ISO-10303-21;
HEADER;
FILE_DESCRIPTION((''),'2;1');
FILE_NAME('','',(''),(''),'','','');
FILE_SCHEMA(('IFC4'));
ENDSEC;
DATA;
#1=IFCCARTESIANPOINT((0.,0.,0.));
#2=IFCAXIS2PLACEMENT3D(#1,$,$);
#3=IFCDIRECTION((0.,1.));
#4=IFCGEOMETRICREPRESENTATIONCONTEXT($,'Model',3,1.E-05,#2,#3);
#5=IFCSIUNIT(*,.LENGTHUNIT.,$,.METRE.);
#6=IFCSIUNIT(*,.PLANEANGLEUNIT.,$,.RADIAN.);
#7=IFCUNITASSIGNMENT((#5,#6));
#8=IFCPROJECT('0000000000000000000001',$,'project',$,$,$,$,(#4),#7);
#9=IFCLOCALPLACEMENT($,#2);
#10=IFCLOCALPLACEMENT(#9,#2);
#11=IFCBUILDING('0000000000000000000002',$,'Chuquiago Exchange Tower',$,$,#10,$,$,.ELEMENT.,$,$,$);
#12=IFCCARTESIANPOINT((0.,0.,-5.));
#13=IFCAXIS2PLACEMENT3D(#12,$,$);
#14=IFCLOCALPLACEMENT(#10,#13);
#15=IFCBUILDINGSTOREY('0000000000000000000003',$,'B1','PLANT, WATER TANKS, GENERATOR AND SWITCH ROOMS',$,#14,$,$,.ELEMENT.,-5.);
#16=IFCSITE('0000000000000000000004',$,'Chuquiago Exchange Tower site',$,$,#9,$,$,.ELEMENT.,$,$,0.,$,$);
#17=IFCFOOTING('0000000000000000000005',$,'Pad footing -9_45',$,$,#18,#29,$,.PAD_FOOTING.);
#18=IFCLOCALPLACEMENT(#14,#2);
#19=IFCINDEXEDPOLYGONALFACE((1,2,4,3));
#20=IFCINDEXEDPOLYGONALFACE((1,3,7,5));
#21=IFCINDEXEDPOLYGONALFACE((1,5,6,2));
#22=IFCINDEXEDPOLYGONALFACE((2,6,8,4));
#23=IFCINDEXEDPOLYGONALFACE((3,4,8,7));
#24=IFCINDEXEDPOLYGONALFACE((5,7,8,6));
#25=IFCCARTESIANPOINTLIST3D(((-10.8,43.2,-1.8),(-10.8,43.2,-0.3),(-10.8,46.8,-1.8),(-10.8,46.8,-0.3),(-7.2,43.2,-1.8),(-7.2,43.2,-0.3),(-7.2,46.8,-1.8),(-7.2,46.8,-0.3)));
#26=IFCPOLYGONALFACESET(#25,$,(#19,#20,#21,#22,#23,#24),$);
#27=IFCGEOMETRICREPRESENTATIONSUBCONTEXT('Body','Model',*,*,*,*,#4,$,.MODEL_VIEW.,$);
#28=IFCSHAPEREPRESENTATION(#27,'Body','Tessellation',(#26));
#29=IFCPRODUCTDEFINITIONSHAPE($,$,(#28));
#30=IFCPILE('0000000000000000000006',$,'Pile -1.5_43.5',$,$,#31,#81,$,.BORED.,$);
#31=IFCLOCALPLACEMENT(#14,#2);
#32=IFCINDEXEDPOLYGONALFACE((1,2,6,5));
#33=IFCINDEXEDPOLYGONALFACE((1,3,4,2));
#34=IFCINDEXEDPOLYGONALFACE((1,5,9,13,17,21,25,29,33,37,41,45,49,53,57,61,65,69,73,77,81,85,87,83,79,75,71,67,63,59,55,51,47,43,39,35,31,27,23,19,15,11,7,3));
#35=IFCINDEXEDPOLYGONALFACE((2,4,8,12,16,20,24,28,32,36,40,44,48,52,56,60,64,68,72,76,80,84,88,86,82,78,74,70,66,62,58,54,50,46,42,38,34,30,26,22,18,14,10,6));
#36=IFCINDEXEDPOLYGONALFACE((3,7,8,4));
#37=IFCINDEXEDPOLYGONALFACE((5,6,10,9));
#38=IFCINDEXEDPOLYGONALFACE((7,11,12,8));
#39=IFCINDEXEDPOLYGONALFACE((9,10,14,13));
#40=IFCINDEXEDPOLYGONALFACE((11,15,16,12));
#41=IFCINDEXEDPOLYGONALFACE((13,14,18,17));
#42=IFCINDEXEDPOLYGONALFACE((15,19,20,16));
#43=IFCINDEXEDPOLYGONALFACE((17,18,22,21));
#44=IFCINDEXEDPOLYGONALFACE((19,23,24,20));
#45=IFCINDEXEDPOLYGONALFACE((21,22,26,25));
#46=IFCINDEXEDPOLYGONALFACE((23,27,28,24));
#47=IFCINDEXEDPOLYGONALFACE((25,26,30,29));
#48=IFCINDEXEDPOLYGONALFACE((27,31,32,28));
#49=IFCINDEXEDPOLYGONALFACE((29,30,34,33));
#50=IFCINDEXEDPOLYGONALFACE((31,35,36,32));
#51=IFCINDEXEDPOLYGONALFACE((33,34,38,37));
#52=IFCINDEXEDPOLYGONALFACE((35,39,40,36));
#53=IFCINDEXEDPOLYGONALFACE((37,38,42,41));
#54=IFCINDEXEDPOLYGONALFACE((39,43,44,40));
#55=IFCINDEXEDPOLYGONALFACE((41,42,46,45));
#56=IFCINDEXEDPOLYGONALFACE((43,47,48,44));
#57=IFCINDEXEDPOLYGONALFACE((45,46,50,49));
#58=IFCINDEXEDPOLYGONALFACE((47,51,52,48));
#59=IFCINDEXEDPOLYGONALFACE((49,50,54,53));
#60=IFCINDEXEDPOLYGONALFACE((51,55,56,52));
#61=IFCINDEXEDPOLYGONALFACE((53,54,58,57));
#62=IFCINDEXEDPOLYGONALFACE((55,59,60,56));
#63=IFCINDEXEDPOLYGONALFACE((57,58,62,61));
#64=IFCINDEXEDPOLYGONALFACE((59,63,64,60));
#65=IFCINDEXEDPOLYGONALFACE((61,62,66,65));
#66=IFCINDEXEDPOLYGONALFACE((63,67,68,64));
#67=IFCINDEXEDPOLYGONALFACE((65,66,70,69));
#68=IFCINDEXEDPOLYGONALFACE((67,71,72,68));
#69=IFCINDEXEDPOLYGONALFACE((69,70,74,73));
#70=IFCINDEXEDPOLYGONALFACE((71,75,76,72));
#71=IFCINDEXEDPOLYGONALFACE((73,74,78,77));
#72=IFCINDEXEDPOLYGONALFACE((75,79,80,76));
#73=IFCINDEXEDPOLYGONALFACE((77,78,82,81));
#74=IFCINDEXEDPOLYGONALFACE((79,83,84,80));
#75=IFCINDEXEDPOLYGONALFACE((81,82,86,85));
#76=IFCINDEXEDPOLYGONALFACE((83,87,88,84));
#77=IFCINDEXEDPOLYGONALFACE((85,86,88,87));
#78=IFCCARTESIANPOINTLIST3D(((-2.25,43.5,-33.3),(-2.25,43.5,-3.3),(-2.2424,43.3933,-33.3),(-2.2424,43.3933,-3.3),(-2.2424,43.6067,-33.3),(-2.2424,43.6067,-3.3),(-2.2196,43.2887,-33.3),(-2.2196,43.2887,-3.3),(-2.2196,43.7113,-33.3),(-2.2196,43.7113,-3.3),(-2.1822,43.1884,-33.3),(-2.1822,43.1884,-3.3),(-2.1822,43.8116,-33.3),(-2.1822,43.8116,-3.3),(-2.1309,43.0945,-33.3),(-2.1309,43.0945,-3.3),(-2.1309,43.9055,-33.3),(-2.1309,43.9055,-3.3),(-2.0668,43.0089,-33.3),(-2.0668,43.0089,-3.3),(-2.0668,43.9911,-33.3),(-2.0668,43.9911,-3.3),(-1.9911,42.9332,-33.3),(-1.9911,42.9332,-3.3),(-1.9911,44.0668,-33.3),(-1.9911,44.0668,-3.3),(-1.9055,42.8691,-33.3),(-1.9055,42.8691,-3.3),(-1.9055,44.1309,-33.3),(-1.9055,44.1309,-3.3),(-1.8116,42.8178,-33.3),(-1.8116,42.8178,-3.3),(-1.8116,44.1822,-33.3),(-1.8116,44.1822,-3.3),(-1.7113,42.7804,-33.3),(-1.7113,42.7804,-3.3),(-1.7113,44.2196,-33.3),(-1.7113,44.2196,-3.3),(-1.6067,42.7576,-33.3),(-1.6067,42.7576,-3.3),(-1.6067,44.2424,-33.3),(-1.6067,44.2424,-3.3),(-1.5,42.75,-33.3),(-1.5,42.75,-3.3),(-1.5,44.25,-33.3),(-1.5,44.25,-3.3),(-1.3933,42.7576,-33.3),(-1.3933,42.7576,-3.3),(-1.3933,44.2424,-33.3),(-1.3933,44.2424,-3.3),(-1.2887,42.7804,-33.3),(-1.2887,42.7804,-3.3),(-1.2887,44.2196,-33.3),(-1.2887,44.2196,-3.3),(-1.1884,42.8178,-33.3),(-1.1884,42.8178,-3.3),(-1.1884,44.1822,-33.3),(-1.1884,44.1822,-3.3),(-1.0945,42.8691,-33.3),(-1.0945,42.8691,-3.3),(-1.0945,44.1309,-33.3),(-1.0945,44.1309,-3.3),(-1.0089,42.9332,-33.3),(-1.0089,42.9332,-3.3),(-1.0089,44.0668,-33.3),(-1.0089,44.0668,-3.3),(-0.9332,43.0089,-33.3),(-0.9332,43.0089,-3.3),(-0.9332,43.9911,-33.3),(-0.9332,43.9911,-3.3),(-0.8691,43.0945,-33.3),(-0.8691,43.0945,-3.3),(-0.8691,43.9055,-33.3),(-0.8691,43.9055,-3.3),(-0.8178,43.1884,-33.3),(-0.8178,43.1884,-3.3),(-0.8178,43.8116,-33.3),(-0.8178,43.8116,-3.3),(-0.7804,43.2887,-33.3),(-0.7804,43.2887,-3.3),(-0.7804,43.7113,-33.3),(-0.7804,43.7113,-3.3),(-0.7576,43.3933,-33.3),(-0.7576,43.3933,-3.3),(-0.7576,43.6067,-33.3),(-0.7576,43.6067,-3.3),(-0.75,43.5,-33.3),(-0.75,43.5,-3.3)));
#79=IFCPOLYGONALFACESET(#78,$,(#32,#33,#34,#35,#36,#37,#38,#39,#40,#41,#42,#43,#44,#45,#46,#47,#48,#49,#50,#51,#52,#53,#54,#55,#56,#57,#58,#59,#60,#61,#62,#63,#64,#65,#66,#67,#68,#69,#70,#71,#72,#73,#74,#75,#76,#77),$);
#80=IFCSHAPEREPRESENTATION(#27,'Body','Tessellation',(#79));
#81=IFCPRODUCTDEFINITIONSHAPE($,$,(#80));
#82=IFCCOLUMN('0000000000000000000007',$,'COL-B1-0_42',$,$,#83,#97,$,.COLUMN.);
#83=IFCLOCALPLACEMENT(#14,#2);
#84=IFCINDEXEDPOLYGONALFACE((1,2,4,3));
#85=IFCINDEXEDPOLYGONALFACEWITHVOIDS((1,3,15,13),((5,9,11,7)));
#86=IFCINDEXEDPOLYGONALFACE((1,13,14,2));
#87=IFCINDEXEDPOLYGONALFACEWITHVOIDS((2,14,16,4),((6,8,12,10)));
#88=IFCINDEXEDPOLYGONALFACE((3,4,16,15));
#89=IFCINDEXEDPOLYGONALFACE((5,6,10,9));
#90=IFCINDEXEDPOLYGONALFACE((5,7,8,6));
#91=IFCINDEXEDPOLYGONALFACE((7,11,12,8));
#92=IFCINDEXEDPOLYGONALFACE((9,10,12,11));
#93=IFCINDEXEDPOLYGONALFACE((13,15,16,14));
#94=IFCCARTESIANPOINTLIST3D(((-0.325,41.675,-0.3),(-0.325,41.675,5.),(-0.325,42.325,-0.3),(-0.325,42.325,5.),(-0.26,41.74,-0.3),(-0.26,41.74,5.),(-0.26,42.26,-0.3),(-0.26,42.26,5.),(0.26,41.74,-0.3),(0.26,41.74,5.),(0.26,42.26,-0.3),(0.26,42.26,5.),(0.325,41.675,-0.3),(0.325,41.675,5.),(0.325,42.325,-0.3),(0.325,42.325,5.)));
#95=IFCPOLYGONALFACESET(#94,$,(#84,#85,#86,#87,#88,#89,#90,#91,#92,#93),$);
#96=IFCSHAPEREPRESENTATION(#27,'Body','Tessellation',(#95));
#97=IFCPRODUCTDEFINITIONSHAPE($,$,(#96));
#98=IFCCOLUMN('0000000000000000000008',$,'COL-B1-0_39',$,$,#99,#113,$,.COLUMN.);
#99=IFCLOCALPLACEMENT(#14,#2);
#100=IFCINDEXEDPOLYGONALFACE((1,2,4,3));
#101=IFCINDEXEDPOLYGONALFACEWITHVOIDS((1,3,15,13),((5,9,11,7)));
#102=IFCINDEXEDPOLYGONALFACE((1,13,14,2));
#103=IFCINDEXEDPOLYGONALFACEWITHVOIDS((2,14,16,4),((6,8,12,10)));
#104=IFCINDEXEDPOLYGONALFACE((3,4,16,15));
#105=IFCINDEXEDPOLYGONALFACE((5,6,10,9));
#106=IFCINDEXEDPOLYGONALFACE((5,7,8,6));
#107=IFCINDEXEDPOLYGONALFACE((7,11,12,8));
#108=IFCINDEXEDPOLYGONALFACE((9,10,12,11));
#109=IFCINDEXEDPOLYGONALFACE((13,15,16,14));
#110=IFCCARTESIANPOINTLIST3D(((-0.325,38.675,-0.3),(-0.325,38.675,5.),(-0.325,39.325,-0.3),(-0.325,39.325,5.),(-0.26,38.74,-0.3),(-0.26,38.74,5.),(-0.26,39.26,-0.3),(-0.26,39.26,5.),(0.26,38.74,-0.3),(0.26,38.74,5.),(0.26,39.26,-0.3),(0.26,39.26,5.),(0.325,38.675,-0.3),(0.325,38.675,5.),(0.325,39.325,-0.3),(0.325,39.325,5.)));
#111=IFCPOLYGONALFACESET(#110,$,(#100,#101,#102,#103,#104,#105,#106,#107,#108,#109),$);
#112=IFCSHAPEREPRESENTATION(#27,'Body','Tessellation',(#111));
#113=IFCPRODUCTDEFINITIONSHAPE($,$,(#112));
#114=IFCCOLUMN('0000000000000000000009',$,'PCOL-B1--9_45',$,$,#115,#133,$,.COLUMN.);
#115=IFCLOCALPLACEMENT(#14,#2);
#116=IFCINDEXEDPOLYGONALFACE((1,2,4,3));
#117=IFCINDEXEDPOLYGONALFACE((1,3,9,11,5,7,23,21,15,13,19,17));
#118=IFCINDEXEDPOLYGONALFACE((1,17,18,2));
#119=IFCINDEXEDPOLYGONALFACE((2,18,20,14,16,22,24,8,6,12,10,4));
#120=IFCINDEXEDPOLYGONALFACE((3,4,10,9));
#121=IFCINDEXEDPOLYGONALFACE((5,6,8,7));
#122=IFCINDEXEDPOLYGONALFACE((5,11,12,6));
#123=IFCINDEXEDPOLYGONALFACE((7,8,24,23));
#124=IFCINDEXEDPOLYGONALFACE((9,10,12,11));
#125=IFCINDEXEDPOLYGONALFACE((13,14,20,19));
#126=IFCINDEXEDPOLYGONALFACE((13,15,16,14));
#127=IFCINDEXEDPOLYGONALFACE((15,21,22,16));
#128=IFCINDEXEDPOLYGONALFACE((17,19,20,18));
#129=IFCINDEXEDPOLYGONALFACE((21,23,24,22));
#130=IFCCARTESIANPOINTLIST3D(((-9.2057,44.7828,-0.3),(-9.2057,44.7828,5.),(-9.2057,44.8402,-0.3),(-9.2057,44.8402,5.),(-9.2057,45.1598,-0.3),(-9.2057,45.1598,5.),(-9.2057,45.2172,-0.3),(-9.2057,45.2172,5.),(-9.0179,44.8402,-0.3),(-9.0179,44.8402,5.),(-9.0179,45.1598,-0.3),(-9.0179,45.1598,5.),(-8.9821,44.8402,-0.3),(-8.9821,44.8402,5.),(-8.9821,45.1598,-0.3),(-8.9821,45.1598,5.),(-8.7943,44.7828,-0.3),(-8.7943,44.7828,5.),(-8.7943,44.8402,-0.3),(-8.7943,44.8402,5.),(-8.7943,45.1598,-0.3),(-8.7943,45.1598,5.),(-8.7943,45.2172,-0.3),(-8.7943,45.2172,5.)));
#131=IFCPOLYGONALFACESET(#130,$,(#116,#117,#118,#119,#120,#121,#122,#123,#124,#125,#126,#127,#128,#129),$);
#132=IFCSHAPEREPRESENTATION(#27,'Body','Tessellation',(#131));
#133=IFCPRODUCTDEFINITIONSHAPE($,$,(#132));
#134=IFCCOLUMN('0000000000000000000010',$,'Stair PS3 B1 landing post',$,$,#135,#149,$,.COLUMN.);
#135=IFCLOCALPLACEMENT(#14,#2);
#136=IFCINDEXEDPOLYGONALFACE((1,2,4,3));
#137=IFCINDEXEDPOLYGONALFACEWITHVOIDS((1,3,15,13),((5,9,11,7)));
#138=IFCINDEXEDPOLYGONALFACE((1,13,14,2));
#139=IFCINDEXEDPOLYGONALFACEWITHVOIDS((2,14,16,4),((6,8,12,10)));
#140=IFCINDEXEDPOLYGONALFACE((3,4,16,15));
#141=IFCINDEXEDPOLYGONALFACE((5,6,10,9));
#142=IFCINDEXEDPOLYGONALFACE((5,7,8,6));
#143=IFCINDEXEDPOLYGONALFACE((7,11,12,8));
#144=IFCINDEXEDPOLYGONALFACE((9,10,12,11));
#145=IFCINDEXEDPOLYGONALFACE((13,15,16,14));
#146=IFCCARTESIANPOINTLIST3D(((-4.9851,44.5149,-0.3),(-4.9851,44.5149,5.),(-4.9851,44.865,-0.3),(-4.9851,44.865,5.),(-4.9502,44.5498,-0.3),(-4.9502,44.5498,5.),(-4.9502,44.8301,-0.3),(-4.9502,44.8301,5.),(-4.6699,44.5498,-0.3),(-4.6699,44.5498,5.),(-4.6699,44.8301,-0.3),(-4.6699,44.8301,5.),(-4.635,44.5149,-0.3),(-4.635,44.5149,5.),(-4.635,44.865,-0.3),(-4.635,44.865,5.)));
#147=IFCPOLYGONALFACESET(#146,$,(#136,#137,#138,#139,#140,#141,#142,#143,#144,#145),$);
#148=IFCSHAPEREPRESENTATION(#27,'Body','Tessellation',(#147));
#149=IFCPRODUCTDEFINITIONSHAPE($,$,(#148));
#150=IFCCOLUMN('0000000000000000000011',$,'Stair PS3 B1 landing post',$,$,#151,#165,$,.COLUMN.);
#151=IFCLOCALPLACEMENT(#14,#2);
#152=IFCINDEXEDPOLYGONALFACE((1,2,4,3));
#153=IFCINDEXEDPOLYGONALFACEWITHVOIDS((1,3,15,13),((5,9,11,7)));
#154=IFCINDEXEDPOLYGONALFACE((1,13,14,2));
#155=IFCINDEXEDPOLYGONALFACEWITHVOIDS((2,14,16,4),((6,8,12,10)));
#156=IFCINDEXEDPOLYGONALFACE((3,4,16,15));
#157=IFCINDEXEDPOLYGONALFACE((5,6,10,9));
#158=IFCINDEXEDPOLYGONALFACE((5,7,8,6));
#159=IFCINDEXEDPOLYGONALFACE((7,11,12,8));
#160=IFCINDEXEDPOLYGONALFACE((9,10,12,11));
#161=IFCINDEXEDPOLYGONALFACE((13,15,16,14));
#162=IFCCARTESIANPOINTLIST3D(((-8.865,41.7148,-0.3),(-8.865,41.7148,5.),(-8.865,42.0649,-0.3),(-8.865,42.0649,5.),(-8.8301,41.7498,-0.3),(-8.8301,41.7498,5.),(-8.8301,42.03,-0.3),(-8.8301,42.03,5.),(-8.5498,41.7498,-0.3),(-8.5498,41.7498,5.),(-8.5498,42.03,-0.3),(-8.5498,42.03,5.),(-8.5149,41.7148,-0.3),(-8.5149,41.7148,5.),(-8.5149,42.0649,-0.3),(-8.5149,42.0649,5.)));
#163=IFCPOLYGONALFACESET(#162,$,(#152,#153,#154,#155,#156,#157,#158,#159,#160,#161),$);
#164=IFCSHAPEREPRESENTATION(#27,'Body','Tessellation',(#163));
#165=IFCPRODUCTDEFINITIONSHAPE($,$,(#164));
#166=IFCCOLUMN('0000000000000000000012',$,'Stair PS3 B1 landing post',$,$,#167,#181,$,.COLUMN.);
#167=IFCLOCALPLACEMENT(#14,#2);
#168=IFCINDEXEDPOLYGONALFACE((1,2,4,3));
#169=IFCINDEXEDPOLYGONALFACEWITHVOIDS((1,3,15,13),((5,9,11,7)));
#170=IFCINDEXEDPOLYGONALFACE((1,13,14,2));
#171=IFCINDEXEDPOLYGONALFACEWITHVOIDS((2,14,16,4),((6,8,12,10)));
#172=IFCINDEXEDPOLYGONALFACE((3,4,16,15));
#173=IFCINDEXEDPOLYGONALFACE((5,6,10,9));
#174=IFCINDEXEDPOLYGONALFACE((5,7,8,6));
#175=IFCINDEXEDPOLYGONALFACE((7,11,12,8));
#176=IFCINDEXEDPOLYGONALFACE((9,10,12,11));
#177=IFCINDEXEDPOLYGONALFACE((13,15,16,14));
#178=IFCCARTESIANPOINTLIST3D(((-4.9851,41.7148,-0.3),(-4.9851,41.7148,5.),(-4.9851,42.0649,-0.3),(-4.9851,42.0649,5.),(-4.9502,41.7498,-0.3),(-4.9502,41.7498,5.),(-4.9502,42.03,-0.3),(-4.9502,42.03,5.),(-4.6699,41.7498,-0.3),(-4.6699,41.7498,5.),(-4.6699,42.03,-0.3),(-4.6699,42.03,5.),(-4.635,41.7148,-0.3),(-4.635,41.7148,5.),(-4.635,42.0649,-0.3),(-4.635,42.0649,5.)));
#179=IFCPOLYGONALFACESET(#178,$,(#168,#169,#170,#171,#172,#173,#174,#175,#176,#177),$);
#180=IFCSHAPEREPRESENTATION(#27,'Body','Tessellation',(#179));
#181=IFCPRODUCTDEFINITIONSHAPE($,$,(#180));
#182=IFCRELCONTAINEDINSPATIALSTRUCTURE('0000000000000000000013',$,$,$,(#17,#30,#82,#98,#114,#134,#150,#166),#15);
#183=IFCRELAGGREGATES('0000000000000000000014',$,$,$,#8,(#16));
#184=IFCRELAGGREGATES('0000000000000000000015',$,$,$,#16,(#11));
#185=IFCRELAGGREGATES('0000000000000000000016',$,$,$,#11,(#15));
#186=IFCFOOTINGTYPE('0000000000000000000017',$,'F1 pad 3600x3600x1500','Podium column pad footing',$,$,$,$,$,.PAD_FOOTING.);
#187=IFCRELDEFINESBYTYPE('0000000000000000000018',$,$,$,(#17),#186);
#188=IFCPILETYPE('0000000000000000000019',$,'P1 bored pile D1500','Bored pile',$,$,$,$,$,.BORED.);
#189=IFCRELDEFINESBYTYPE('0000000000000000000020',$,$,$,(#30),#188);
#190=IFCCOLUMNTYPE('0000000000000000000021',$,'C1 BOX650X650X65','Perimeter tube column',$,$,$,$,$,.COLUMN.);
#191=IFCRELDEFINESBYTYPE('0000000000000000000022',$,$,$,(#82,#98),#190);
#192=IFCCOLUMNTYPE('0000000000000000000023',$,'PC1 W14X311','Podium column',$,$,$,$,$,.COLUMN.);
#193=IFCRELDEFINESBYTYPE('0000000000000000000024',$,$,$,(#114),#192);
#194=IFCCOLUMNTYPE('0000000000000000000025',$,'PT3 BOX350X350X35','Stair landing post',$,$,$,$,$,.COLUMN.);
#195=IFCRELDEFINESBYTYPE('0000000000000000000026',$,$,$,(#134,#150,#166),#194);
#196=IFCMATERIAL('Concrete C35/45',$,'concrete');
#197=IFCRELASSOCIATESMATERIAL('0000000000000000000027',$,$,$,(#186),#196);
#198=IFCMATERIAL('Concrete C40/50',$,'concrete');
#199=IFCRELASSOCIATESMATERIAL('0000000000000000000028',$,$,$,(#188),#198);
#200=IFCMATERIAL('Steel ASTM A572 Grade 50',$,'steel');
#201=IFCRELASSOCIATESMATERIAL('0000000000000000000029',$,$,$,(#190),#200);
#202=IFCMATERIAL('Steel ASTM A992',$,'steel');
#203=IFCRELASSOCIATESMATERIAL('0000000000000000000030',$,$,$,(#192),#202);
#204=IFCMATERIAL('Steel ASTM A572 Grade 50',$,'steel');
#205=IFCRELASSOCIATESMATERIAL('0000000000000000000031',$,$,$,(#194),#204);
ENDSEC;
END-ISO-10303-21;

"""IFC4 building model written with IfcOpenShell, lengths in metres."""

from ifc_helpers import new_model, si_unit, direction, frame, origin, origin_2d, place, context, subcontext, project, spatial, rectangle, hollow_rectangle, circle, i_section, extrude, material, material_profile, profile_set, type_object, element, save


model = new_model("IFC4")

# Units and contexts
model_context = context("Model", 3, precision=1e-05, world=origin(), true_north=direction((0.0, 1.0)))
body_context = subcontext(model_context, "Body", "Model", "MODEL_VIEW")
ifc_project = project(units=[si_unit("LENGTHUNIT", "METRE"), si_unit("PLANEANGLEUNIT", "RADIAN")], contexts=[model_context])

# Site, building, storey
site_placement = place(None, origin())
site = spatial("IfcSite", under=ifc_project, at=site_placement, Name="Chuquiago Exchange Tower site", CompositionType="ELEMENT", RefElevation=0.0)
building_placement = place(site_placement, origin())
building = spatial("IfcBuilding", under=site, at=building_placement, Name="Chuquiago Exchange Tower", CompositionType="ELEMENT")
storey_placement = place(building_placement, frame((0.0, 0.0, -5.0)))
storey = spatial("IfcBuildingStorey", under=building, at=storey_placement, Name="B1", Description="PLANT, WATER TANKS, GENERATOR AND SWITCH ROOMS", CompositionType="ELEMENT", Elevation=-5.0)

# Footing
ifc_material_1 = material(Name="Concrete C35/45", Category="concrete")
footing_type = type_object("IfcFootingType", Name="F1 pad 3600x3600x1500", Description="Podium column pad footing", PredefinedType="PAD_FOOTING", material=ifc_material_1)
footing_placement = place(storey_placement, frame((-9.0, 45.0, -1.8), z_axis=(0.0, 0.0, 1.0), x_axis=(1.0, 0.0, 0.0)))
element("IfcFooting", 1, at=footing_placement, inside=storey, type_object=footing_type, Name="Pad footing -9_45", PredefinedType="PAD_FOOTING", context=body_context, shape_type="SweptSolid", body=[
    extrude(rectangle(XDim=3.6001, YDim=3.6001, at=origin_2d()), origin(), (0.0, 0.0, 1.0), 1.5),
])

# Pile
ifc_material_2 = material(Name="Concrete C40/50", Category="concrete")
ifc_material_profile_1 = material_profile(ifc_material_2, circle(Radius=0.75, at=origin_2d()), Name="D1500")
ifc_profile_set_1 = profile_set([ifc_material_profile_1], Name="Concrete C40/50")
pile_type = type_object("IfcPileType", Name="P1 bored pile D1500", Description="Bored pile", PredefinedType="BORED", material=ifc_profile_set_1)
pile_placement = place(storey_placement, frame((-1.5, 43.5, -3.3), z_axis=(0.0, 0.0, -1.0), x_axis=(1.0, 0.0, 0.0)))
element("IfcPile", 2, at=pile_placement, inside=storey, type_object=pile_type, Name="Pile -1.5_43.5", PredefinedType="BORED", context=body_context, shape_type="SweptSolid", body=[
    extrude(circle(Radius=0.75, at=origin_2d()), origin(), (0.0, 0.0, 1.0), 30.0),
])

# Columns
ifc_material_3 = material(Name="Steel ASTM A572 Grade 50", Category="steel")
ifc_material_profile_2 = material_profile(ifc_material_3, hollow_rectangle(XDim=0.6499, YDim=0.6499, WallThickness=0.0649, at=origin_2d()), Name="BOX650X650X65")
ifc_profile_set_2 = profile_set([ifc_material_profile_2], Name="Steel ASTM A572 Grade 50")
column_type_1 = type_object("IfcColumnType", Name="C1 BOX650X650X65", Description="Perimeter tube column", PredefinedType="COLUMN", material=ifc_profile_set_2)
for number, where, z_axis, x_axis, name in (
    (3, (0.0, 42.0, -0.3), (0.0, 0.0, 1.0), (-1.0, 0.0, 0.0), "COL-B1-0_42"),
    (4, (0.0, 39.0, -0.3), (0.0, 0.0, 1.0), (-1.0, 0.0, 0.0), "COL-B1-0_39"),
):
    element("IfcColumn", number, at=place(storey_placement, frame(where, z_axis=z_axis, x_axis=x_axis)), inside=storey, type_object=column_type_1, Name=name, PredefinedType="COLUMN", context=body_context, shape_type="SweptSolid", body=[
        extrude(hollow_rectangle(XDim=0.6499, YDim=0.6499, WallThickness=0.0649, at=origin_2d()), origin(), (0.0, 0.0, 1.0), 5.3),
    ])
ifc_material_4 = material(Name="Steel ASTM A992", Category="steel")
ifc_material_profile_3 = material_profile(ifc_material_4, i_section(OverallWidth=0.4114, OverallDepth=0.4343, WebThickness=0.0359, FlangeThickness=0.0574, at=origin_2d()), Name="W14X311")
ifc_profile_set_3 = profile_set([ifc_material_profile_3], Name="Steel ASTM A992")
column_type_2 = type_object("IfcColumnType", Name="PC1 W14X311", Description="Podium column", PredefinedType="COLUMN", material=ifc_profile_set_3)
column_placement = place(storey_placement, frame((-9.0, 45.0, -0.3), z_axis=(0.0, 0.0, 1.0), x_axis=(1.0, 0.0, 0.0)))
element("IfcColumn", 5, at=column_placement, inside=storey, type_object=column_type_2, Name="PCOL-B1--9_45", PredefinedType="COLUMN", context=body_context, shape_type="SweptSolid", body=[
    extrude(i_section(OverallWidth=0.4114, OverallDepth=0.4343, WebThickness=0.0359, FlangeThickness=0.0574, at=origin_2d()), origin(), (0.0, 0.0, 1.0), 5.3),
])
ifc_material_5 = material(Name="Steel ASTM A572 Grade 50", Category="steel")
ifc_material_profile_4 = material_profile(ifc_material_5, hollow_rectangle(XDim=0.3501, YDim=0.3501, WallThickness=0.0349, at=origin_2d()), Name="BOX350X350X35")
ifc_profile_set_4 = profile_set([ifc_material_profile_4], Name="Steel ASTM A572 Grade 50")
column_type_3 = type_object("IfcColumnType", Name="PT3 BOX350X350X35", Description="Stair landing post", PredefinedType="COLUMN", material=ifc_profile_set_4)
for number, where, z_axis, x_axis, name in (
    (6, (-4.8101, 44.6899, -0.3), (0.0, 0.0, 1.0), (1.0, 0.0, 0.0), "Stair PS3 B1 landing post"),
    (7, (-8.6899, 41.8899, -0.3), (0.0, 0.0, 1.0), (1.0, 0.0, 0.0), "Stair PS3 B1 landing post"),
    (8, (-4.8101, 41.8899, -0.3), (0.0, 0.0, 1.0), (1.0, 0.0, 0.0), "Stair PS3 B1 landing post"),
):
    element("IfcColumn", number, at=place(storey_placement, frame(where, z_axis=z_axis, x_axis=x_axis)), inside=storey, type_object=column_type_3, Name=name, PredefinedType="COLUMN", context=body_context, shape_type="SweptSolid", body=[
        extrude(hollow_rectangle(XDim=0.3501, YDim=0.3501, WallThickness=0.0349, at=origin_2d()), origin(), (0.0, 0.0, 1.0), 5.3),
    ])

save(model, "model.ifc")
